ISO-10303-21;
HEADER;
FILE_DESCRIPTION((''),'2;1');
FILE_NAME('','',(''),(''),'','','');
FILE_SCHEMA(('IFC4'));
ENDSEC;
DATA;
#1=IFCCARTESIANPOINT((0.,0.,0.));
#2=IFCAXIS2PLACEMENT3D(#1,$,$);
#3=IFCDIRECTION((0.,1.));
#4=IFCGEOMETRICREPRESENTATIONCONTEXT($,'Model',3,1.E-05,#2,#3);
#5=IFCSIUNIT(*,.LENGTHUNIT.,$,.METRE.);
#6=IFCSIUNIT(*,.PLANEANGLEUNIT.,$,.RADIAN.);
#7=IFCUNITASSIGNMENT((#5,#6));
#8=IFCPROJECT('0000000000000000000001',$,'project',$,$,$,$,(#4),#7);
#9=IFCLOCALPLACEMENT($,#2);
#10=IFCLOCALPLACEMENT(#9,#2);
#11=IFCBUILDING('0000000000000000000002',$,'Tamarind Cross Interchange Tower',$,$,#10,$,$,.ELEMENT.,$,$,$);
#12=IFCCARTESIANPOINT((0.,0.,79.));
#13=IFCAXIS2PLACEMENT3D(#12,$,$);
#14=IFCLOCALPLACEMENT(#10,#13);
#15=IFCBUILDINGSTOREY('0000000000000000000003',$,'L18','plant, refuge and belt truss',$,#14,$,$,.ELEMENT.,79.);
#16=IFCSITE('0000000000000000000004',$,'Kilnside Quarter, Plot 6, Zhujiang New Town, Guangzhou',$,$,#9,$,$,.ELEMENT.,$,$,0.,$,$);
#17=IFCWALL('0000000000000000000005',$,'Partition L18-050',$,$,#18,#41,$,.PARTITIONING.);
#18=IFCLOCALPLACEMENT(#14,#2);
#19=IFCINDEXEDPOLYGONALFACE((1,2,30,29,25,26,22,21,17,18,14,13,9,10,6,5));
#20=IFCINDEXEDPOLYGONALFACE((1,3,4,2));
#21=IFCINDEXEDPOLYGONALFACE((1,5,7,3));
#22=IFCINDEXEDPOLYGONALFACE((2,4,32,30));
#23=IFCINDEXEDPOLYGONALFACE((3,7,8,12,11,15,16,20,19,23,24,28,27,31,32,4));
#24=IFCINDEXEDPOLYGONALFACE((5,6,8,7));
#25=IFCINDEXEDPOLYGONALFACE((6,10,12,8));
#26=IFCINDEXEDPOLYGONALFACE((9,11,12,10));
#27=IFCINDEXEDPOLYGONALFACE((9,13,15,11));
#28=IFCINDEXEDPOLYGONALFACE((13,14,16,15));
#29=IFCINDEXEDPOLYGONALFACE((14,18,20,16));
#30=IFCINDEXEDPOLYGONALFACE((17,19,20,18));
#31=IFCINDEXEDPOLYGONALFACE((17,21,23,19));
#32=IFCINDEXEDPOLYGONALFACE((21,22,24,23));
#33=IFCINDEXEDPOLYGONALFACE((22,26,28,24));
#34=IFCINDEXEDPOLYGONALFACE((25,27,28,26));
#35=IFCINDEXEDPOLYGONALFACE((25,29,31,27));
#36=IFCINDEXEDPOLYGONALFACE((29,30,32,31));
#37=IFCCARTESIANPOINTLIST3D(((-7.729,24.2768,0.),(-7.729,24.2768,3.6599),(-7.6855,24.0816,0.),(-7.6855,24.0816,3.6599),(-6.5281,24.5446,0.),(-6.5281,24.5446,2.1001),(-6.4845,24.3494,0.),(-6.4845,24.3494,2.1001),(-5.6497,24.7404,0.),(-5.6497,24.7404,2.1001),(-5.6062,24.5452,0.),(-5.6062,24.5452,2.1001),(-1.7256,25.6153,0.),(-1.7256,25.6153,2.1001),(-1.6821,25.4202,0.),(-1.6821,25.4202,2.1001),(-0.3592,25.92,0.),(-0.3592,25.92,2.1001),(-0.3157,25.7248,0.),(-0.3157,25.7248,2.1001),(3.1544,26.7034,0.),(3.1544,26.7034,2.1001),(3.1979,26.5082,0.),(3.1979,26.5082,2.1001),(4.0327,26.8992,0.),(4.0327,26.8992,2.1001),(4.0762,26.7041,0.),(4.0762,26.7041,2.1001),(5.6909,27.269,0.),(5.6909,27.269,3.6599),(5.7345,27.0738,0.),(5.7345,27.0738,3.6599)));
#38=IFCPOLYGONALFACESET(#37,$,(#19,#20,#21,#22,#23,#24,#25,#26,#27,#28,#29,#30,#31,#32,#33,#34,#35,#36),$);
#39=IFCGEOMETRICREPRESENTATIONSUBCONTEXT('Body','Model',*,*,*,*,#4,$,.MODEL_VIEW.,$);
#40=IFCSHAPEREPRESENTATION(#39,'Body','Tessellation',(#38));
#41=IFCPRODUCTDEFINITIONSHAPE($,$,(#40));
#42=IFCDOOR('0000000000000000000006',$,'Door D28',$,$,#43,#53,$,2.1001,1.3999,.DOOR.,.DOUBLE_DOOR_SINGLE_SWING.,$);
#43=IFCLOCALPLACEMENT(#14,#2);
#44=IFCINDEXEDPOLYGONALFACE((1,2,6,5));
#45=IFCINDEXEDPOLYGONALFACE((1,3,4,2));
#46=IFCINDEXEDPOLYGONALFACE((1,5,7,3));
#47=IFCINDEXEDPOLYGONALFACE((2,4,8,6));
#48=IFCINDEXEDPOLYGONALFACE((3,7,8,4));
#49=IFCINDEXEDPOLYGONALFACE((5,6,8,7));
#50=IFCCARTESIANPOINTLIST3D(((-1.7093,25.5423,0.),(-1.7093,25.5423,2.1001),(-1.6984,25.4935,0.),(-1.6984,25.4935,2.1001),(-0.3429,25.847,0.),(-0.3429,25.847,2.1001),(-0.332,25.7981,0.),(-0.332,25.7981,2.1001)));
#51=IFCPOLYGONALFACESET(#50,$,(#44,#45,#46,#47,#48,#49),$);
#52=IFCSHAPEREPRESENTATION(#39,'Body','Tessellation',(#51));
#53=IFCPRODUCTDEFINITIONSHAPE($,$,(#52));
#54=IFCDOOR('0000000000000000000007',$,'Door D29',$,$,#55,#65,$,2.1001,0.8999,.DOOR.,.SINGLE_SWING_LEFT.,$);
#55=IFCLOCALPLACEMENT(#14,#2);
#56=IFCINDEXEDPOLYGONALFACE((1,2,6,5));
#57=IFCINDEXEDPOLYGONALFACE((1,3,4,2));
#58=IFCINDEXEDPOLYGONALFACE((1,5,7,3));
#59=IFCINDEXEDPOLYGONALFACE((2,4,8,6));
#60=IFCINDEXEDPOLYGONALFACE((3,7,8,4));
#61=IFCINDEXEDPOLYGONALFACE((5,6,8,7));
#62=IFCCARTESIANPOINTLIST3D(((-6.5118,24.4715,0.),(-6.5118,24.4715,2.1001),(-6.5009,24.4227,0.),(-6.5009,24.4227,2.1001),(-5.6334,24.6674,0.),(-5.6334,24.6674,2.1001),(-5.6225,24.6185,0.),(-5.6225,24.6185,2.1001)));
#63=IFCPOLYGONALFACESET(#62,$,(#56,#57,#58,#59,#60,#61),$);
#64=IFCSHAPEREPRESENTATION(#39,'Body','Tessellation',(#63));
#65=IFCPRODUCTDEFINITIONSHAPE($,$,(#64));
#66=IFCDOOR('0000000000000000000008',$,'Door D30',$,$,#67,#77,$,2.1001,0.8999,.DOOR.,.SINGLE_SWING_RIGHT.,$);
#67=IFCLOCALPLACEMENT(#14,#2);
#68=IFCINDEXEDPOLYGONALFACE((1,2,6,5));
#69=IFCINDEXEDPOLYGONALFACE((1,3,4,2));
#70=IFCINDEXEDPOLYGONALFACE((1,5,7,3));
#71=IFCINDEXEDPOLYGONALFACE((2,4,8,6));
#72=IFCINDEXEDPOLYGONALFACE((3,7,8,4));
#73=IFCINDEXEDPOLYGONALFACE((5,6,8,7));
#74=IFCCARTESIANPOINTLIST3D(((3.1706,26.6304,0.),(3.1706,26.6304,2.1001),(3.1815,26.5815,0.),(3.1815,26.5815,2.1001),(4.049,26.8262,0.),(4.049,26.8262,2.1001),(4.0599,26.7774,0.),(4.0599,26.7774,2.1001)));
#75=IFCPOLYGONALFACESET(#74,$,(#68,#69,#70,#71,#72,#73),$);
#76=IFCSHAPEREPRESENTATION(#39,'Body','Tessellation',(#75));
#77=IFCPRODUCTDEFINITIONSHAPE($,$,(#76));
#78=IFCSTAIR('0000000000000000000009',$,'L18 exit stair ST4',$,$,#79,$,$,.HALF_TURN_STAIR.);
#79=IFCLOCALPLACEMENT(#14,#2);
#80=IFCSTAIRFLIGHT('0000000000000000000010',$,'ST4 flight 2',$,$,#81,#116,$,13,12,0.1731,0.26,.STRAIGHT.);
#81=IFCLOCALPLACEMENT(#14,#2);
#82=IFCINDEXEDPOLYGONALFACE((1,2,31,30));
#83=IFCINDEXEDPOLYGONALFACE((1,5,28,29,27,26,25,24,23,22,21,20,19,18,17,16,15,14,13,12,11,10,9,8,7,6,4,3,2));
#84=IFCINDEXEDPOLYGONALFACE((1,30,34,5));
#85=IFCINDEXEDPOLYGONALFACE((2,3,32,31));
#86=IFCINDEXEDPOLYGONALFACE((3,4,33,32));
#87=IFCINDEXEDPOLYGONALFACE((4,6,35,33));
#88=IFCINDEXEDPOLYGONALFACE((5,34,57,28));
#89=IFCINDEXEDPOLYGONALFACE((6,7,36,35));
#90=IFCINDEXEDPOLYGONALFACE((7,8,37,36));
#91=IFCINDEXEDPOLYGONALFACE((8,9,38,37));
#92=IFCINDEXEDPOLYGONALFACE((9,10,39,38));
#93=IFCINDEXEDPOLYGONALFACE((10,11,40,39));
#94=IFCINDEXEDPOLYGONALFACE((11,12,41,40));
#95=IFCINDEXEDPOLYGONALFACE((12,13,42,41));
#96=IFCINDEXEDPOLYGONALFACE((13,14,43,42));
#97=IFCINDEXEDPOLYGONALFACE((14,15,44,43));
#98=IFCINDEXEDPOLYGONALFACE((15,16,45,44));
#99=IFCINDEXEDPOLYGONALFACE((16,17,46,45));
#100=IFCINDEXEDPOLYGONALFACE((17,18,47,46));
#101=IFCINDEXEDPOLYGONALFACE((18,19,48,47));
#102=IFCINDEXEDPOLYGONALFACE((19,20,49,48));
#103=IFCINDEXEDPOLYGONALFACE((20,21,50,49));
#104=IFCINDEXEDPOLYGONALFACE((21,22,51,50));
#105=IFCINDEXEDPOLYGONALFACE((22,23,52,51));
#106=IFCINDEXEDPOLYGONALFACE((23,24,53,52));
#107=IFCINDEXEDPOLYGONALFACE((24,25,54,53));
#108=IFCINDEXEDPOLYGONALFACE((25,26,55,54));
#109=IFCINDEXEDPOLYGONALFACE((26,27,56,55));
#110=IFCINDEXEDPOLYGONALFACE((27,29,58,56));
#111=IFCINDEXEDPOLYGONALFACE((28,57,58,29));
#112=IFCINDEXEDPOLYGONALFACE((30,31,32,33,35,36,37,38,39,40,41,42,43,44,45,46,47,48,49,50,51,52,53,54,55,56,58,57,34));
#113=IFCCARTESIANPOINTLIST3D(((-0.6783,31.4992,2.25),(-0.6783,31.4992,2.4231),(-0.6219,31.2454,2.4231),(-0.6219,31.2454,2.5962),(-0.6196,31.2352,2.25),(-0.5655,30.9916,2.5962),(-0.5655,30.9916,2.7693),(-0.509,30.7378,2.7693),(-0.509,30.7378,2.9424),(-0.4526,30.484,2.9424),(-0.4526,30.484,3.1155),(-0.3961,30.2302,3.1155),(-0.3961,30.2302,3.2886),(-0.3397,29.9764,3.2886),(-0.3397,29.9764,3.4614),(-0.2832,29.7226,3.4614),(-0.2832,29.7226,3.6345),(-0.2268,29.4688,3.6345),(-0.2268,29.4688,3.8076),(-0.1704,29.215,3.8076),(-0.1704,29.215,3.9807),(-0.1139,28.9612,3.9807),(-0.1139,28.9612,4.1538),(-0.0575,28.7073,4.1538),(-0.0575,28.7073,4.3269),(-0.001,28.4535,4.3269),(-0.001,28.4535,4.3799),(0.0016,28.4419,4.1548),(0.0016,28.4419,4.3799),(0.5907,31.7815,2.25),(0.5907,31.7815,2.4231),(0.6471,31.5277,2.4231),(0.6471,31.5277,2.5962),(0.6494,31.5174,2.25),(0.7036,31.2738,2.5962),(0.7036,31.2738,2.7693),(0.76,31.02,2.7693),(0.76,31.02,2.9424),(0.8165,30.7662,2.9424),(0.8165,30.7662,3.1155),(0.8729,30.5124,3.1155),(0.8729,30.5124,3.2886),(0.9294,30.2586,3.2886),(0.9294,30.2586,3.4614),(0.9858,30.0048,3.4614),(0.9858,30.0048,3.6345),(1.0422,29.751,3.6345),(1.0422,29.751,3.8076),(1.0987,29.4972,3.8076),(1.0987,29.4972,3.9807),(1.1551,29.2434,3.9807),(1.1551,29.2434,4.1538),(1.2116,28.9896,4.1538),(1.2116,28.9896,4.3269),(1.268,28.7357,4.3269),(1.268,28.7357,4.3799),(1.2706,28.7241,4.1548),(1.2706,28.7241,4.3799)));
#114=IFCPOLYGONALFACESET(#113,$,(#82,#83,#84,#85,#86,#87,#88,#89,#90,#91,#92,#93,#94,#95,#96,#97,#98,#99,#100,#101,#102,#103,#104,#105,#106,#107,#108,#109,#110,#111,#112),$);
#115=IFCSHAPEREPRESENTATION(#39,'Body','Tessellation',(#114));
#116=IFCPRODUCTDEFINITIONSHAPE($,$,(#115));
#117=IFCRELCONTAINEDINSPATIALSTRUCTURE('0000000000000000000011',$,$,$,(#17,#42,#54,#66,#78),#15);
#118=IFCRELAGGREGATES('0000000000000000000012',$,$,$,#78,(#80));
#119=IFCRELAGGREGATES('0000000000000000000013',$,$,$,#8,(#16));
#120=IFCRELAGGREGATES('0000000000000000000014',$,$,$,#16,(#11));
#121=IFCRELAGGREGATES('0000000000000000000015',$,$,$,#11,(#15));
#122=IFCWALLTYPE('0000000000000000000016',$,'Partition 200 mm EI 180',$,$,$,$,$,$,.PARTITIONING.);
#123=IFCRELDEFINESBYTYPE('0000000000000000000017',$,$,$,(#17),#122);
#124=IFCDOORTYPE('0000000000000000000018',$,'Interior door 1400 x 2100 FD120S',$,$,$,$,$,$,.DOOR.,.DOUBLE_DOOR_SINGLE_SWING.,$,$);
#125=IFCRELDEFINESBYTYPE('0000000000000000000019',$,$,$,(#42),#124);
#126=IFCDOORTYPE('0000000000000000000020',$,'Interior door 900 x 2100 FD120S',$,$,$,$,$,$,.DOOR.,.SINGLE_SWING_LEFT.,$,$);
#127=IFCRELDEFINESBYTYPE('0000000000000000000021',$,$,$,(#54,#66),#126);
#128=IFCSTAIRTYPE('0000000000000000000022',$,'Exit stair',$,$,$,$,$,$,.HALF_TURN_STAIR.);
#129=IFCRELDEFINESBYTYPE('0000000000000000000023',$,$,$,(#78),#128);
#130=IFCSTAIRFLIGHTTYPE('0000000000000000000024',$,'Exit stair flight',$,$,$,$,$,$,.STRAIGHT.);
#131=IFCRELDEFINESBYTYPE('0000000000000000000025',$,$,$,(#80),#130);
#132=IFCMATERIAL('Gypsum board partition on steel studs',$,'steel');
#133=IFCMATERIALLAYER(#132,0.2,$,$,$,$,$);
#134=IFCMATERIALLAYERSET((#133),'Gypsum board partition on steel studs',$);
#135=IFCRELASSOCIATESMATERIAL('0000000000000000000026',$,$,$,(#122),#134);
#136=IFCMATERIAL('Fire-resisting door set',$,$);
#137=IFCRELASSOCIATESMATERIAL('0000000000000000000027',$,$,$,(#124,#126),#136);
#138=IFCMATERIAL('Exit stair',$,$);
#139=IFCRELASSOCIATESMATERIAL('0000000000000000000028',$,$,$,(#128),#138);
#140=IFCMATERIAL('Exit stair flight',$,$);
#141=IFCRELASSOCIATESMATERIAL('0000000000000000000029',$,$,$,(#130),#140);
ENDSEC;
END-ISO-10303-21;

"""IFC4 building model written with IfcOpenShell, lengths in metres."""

from ifc_helpers import new_model, si_unit, direction, frame, frame_2d, origin, place, context, subcontext, project, spatial, polyline, rectangle, outline, extrude, material, layer, layer_set, type_object, element, fill, aggregate, save


model = new_model("IFC4")

# Units and contexts
model_context = context("Model", 3, precision=1e-05, world=origin(), true_north=direction((0.0, 1.0)))
body_context = subcontext(model_context, "Body", "Model", "MODEL_VIEW")
ifc_project = project(units=[si_unit("LENGTHUNIT", "METRE"), si_unit("PLANEANGLEUNIT", "RADIAN")], contexts=[model_context])

# Site, building, storey
site_placement = place(None, origin())
site = spatial("IfcSite", under=ifc_project, at=site_placement, Name="Kilnside Quarter, Plot 6, Zhujiang New Town, Guangzhou", CompositionType="ELEMENT", RefElevation=0.0)
building_placement = place(site_placement, origin())
building = spatial("IfcBuilding", under=site, at=building_placement, Name="Tamarind Cross Interchange Tower", CompositionType="ELEMENT")
storey_placement = place(building_placement, frame((0.0, 0.0, 79.0)))
storey = spatial("IfcBuildingStorey", under=building, at=storey_placement, Name="L18", Description="plant, refuge and belt truss", CompositionType="ELEMENT", Elevation=79.0)

# Shared definitions
ifc_material_1 = material(Name="Gypsum board partition on steel studs", Category="steel")
ifc_layer_1 = layer(ifc_material_1, 0.2)
ifc_layer_set_1 = layer_set([ifc_layer_1], Name="Gypsum board partition on steel studs")
wall_type_1 = type_object("IfcWallType", Name="Partition 200 mm EI 180", PredefinedType="PARTITIONING", material=ifc_layer_set_1)

# Wall, openings, doors
wall_1_placement = place(storey_placement, frame((-7.7073, 24.1792, 0.0), z_axis=(0.0, 0.0, 1.0), x_axis=(0.976033, 0.217622, 0.0)))
wall_1 = element("IfcWall", 1, at=wall_1_placement, inside=storey, type_object=wall_type_1, Name="Partition L18-050", PredefinedType="PARTITIONING", context=body_context, shape_type="SweptSolid", body=[
    extrude(rectangle(XDim=13.7495, YDim=0.2, at=frame_2d((6.8748, 0.0))), origin(), (0.0, 0.0, 1.0), 3.6599),
])
opening_1_placement = place(wall_1_placement, frame((6.1509, 0.0, 0.0)))
opening_1 = element("IfcOpeningElement", 2, at=opening_1_placement, cuts=wall_1, PredefinedType="OPENING", context=body_context, shape_type="SweptSolid", body=[
    extrude(rectangle(XDim=1.3999, YDim=2.1001, at=frame_2d((0.7, 1.05))), frame((0.0, 0.1099, 0.0), z_axis=(0.0, -1.0, 0.0), x_axis=(1.0, 0.0, 0.0)), (0.0, 0.0, 1.0), 0.22),
])
opening_2_placement = place(wall_1_placement, frame((1.2305, 0.0, 0.0)))
opening_2 = element("IfcOpeningElement", 3, at=opening_2_placement, cuts=wall_1, PredefinedType="OPENING", context=body_context, shape_type="SweptSolid", body=[
    extrude(rectangle(XDim=0.8999, YDim=2.1001, at=frame_2d((0.45, 1.05))), frame((0.0, 0.1099, 0.0), z_axis=(0.0, -1.0, 0.0), x_axis=(1.0, 0.0, 0.0)), (0.0, 0.0, 1.0), 0.22),
])
opening_3_placement = place(wall_1_placement, frame((11.1506, 0.0, 0.0)))
opening_3 = element("IfcOpeningElement", 4, at=opening_3_placement, cuts=wall_1, PredefinedType="OPENING", context=body_context, shape_type="SweptSolid", body=[
    extrude(rectangle(XDim=0.8999, YDim=2.1001, at=frame_2d((0.45, 1.05))), frame((0.0, 0.1099, 0.0), z_axis=(0.0, -1.0, 0.0), x_axis=(1.0, 0.0, 0.0)), (0.0, 0.0, 1.0), 0.22),
])
ifc_material_2 = material(Name="Fire-resisting door set")
door_type_1 = type_object("IfcDoorType", Name="Interior door 1400 x 2100 FD120S", OperationType="DOUBLE_DOOR_SINGLE_SWING", PredefinedType="DOOR", material=ifc_material_2)
door_1_placement = place(opening_1_placement, frame((1.3999, 0.0, 0.0), z_axis=(0.0, 0.0, 1.0), x_axis=(-1.0, 0.0, 0.0)))
door_1 = element("IfcDoor", 5, at=door_1_placement, inside=storey, type_object=door_type_1, Name="Door D28", OperationType="DOUBLE_DOOR_SINGLE_SWING", OverallHeight=2.1001, OverallWidth=1.3999, PredefinedType="DOOR", context=body_context, shape_type="SweptSolid", body=[
    extrude(rectangle(XDim=1.3999, YDim=2.1001, at=frame_2d((0.7, 1.05))), frame((0.0, 0.0249, 0.0), z_axis=(0.0, -1.0, 0.0), x_axis=(1.0, 0.0, 0.0)), (0.0, 0.0, 1.0), 0.05),
])
fill(opening_1, door_1)
door_type_2 = type_object("IfcDoorType", Name="Interior door 900 x 2100 FD120S", OperationType="SINGLE_SWING_LEFT", PredefinedType="DOOR", material=ifc_material_2)
door_2_placement = place(opening_2_placement, frame((0.8999, 0.0, 0.0), z_axis=(0.0, 0.0, 1.0), x_axis=(-1.0, 0.0, 0.0)))
door_2 = element("IfcDoor", 6, at=door_2_placement, inside=storey, type_object=door_type_2, Name="Door D29", OperationType="SINGLE_SWING_LEFT", OverallHeight=2.1001, OverallWidth=0.8999, PredefinedType="DOOR", context=body_context, shape_type="SweptSolid", body=[
    extrude(rectangle(XDim=0.8999, YDim=2.1001, at=frame_2d((0.45, 1.05))), frame((0.0, 0.0249, 0.0), z_axis=(0.0, -1.0, 0.0), x_axis=(1.0, 0.0, 0.0)), (0.0, 0.0, 1.0), 0.05),
])
fill(opening_2, door_2)
door_3_placement = place(opening_3_placement, frame((0.8999, 0.0, 0.0), z_axis=(0.0, 0.0, 1.0), x_axis=(-1.0, 0.0, 0.0)))
door_3 = element("IfcDoor", 7, at=door_3_placement, inside=storey, type_object=door_type_2, Name="Door D30", OperationType="SINGLE_SWING_RIGHT", OverallHeight=2.1001, OverallWidth=0.8999, PredefinedType="DOOR", context=body_context, shape_type="SweptSolid", body=[
    extrude(rectangle(XDim=0.8999, YDim=2.1001, at=frame_2d((0.45, 1.05))), frame((0.0, 0.0249, 0.0), z_axis=(0.0, -1.0, 0.0), x_axis=(1.0, 0.0, 0.0)), (0.0, 0.0, 1.0), 0.05),
])
fill(opening_3, door_3)

# Stair, stair flight
ifc_material_3 = material(Name="Exit stair")
stair_type = type_object("IfcStairType", Name="Exit stair", PredefinedType="HALF_TURN_STAIR", material=ifc_material_3)
stair_placement = place(storey_placement, origin())
stair = element("IfcStair", 8, at=stair_placement, inside=storey, type_object=stair_type, Name="L18 exit stair ST4", PredefinedType="HALF_TURN_STAIR")
ifc_material_4 = material(Name="Exit stair flight")
stair_flight_type = type_object("IfcStairFlightType", Name="Exit stair flight", PredefinedType="STRAIGHT", material=ifc_material_4)
stair_flight_placement = place(storey_placement, frame((-0.0437, 31.6404, 2.25), z_axis=(0.0, 0.0, 1.0), x_axis=(0.21708, -0.976154, 0.0)))
stair_flight = element("IfcStairFlight", 9, at=stair_flight_placement, type_object=stair_flight_type, Name="ST4 flight 2", NumberOfRisers=13, NumberOfTreads=12, PredefinedType="STRAIGHT", RiserHeight=0.1731, TreadLength=0.26, context=body_context, shape_type="SweptSolid", body=[
    extrude(outline(polyline([(0.0, 0.0), (0.0, 0.1731), (0.26, 0.1731), (0.26, 0.3462), (0.52, 0.3462), (0.52, 0.5193), (0.78, 0.5193), (0.78, 0.6924), (1.04, 0.6924), (1.04, 0.8655), (1.3, 0.8655), (1.3, 1.0386), (1.5601, 1.0386), (1.5601, 1.2114), (1.8201, 1.2114), (1.8201, 1.3845), (2.0801, 1.3845), (2.0801, 1.5576), (2.3401, 1.5576), (2.3401, 1.7307), (2.6001, 1.7307), (2.6001, 1.9038), (2.8601, 1.9038), (2.8601, 2.0769), (3.1201, 2.0769), (3.1201, 2.1299), (3.1321, 2.1299), (3.1321, 1.9048), (0.2705, 0.0), (0.0, 0.0)])), frame((0.0, 0.6499, 0.0), z_axis=(0.0, -1.0, 0.0), x_axis=(1.0, 0.0, 0.0)), (0.0, 0.0, 1.0), 1.3),
])
aggregate(stair, [stair_flight])

save(model, "model.ifc")
